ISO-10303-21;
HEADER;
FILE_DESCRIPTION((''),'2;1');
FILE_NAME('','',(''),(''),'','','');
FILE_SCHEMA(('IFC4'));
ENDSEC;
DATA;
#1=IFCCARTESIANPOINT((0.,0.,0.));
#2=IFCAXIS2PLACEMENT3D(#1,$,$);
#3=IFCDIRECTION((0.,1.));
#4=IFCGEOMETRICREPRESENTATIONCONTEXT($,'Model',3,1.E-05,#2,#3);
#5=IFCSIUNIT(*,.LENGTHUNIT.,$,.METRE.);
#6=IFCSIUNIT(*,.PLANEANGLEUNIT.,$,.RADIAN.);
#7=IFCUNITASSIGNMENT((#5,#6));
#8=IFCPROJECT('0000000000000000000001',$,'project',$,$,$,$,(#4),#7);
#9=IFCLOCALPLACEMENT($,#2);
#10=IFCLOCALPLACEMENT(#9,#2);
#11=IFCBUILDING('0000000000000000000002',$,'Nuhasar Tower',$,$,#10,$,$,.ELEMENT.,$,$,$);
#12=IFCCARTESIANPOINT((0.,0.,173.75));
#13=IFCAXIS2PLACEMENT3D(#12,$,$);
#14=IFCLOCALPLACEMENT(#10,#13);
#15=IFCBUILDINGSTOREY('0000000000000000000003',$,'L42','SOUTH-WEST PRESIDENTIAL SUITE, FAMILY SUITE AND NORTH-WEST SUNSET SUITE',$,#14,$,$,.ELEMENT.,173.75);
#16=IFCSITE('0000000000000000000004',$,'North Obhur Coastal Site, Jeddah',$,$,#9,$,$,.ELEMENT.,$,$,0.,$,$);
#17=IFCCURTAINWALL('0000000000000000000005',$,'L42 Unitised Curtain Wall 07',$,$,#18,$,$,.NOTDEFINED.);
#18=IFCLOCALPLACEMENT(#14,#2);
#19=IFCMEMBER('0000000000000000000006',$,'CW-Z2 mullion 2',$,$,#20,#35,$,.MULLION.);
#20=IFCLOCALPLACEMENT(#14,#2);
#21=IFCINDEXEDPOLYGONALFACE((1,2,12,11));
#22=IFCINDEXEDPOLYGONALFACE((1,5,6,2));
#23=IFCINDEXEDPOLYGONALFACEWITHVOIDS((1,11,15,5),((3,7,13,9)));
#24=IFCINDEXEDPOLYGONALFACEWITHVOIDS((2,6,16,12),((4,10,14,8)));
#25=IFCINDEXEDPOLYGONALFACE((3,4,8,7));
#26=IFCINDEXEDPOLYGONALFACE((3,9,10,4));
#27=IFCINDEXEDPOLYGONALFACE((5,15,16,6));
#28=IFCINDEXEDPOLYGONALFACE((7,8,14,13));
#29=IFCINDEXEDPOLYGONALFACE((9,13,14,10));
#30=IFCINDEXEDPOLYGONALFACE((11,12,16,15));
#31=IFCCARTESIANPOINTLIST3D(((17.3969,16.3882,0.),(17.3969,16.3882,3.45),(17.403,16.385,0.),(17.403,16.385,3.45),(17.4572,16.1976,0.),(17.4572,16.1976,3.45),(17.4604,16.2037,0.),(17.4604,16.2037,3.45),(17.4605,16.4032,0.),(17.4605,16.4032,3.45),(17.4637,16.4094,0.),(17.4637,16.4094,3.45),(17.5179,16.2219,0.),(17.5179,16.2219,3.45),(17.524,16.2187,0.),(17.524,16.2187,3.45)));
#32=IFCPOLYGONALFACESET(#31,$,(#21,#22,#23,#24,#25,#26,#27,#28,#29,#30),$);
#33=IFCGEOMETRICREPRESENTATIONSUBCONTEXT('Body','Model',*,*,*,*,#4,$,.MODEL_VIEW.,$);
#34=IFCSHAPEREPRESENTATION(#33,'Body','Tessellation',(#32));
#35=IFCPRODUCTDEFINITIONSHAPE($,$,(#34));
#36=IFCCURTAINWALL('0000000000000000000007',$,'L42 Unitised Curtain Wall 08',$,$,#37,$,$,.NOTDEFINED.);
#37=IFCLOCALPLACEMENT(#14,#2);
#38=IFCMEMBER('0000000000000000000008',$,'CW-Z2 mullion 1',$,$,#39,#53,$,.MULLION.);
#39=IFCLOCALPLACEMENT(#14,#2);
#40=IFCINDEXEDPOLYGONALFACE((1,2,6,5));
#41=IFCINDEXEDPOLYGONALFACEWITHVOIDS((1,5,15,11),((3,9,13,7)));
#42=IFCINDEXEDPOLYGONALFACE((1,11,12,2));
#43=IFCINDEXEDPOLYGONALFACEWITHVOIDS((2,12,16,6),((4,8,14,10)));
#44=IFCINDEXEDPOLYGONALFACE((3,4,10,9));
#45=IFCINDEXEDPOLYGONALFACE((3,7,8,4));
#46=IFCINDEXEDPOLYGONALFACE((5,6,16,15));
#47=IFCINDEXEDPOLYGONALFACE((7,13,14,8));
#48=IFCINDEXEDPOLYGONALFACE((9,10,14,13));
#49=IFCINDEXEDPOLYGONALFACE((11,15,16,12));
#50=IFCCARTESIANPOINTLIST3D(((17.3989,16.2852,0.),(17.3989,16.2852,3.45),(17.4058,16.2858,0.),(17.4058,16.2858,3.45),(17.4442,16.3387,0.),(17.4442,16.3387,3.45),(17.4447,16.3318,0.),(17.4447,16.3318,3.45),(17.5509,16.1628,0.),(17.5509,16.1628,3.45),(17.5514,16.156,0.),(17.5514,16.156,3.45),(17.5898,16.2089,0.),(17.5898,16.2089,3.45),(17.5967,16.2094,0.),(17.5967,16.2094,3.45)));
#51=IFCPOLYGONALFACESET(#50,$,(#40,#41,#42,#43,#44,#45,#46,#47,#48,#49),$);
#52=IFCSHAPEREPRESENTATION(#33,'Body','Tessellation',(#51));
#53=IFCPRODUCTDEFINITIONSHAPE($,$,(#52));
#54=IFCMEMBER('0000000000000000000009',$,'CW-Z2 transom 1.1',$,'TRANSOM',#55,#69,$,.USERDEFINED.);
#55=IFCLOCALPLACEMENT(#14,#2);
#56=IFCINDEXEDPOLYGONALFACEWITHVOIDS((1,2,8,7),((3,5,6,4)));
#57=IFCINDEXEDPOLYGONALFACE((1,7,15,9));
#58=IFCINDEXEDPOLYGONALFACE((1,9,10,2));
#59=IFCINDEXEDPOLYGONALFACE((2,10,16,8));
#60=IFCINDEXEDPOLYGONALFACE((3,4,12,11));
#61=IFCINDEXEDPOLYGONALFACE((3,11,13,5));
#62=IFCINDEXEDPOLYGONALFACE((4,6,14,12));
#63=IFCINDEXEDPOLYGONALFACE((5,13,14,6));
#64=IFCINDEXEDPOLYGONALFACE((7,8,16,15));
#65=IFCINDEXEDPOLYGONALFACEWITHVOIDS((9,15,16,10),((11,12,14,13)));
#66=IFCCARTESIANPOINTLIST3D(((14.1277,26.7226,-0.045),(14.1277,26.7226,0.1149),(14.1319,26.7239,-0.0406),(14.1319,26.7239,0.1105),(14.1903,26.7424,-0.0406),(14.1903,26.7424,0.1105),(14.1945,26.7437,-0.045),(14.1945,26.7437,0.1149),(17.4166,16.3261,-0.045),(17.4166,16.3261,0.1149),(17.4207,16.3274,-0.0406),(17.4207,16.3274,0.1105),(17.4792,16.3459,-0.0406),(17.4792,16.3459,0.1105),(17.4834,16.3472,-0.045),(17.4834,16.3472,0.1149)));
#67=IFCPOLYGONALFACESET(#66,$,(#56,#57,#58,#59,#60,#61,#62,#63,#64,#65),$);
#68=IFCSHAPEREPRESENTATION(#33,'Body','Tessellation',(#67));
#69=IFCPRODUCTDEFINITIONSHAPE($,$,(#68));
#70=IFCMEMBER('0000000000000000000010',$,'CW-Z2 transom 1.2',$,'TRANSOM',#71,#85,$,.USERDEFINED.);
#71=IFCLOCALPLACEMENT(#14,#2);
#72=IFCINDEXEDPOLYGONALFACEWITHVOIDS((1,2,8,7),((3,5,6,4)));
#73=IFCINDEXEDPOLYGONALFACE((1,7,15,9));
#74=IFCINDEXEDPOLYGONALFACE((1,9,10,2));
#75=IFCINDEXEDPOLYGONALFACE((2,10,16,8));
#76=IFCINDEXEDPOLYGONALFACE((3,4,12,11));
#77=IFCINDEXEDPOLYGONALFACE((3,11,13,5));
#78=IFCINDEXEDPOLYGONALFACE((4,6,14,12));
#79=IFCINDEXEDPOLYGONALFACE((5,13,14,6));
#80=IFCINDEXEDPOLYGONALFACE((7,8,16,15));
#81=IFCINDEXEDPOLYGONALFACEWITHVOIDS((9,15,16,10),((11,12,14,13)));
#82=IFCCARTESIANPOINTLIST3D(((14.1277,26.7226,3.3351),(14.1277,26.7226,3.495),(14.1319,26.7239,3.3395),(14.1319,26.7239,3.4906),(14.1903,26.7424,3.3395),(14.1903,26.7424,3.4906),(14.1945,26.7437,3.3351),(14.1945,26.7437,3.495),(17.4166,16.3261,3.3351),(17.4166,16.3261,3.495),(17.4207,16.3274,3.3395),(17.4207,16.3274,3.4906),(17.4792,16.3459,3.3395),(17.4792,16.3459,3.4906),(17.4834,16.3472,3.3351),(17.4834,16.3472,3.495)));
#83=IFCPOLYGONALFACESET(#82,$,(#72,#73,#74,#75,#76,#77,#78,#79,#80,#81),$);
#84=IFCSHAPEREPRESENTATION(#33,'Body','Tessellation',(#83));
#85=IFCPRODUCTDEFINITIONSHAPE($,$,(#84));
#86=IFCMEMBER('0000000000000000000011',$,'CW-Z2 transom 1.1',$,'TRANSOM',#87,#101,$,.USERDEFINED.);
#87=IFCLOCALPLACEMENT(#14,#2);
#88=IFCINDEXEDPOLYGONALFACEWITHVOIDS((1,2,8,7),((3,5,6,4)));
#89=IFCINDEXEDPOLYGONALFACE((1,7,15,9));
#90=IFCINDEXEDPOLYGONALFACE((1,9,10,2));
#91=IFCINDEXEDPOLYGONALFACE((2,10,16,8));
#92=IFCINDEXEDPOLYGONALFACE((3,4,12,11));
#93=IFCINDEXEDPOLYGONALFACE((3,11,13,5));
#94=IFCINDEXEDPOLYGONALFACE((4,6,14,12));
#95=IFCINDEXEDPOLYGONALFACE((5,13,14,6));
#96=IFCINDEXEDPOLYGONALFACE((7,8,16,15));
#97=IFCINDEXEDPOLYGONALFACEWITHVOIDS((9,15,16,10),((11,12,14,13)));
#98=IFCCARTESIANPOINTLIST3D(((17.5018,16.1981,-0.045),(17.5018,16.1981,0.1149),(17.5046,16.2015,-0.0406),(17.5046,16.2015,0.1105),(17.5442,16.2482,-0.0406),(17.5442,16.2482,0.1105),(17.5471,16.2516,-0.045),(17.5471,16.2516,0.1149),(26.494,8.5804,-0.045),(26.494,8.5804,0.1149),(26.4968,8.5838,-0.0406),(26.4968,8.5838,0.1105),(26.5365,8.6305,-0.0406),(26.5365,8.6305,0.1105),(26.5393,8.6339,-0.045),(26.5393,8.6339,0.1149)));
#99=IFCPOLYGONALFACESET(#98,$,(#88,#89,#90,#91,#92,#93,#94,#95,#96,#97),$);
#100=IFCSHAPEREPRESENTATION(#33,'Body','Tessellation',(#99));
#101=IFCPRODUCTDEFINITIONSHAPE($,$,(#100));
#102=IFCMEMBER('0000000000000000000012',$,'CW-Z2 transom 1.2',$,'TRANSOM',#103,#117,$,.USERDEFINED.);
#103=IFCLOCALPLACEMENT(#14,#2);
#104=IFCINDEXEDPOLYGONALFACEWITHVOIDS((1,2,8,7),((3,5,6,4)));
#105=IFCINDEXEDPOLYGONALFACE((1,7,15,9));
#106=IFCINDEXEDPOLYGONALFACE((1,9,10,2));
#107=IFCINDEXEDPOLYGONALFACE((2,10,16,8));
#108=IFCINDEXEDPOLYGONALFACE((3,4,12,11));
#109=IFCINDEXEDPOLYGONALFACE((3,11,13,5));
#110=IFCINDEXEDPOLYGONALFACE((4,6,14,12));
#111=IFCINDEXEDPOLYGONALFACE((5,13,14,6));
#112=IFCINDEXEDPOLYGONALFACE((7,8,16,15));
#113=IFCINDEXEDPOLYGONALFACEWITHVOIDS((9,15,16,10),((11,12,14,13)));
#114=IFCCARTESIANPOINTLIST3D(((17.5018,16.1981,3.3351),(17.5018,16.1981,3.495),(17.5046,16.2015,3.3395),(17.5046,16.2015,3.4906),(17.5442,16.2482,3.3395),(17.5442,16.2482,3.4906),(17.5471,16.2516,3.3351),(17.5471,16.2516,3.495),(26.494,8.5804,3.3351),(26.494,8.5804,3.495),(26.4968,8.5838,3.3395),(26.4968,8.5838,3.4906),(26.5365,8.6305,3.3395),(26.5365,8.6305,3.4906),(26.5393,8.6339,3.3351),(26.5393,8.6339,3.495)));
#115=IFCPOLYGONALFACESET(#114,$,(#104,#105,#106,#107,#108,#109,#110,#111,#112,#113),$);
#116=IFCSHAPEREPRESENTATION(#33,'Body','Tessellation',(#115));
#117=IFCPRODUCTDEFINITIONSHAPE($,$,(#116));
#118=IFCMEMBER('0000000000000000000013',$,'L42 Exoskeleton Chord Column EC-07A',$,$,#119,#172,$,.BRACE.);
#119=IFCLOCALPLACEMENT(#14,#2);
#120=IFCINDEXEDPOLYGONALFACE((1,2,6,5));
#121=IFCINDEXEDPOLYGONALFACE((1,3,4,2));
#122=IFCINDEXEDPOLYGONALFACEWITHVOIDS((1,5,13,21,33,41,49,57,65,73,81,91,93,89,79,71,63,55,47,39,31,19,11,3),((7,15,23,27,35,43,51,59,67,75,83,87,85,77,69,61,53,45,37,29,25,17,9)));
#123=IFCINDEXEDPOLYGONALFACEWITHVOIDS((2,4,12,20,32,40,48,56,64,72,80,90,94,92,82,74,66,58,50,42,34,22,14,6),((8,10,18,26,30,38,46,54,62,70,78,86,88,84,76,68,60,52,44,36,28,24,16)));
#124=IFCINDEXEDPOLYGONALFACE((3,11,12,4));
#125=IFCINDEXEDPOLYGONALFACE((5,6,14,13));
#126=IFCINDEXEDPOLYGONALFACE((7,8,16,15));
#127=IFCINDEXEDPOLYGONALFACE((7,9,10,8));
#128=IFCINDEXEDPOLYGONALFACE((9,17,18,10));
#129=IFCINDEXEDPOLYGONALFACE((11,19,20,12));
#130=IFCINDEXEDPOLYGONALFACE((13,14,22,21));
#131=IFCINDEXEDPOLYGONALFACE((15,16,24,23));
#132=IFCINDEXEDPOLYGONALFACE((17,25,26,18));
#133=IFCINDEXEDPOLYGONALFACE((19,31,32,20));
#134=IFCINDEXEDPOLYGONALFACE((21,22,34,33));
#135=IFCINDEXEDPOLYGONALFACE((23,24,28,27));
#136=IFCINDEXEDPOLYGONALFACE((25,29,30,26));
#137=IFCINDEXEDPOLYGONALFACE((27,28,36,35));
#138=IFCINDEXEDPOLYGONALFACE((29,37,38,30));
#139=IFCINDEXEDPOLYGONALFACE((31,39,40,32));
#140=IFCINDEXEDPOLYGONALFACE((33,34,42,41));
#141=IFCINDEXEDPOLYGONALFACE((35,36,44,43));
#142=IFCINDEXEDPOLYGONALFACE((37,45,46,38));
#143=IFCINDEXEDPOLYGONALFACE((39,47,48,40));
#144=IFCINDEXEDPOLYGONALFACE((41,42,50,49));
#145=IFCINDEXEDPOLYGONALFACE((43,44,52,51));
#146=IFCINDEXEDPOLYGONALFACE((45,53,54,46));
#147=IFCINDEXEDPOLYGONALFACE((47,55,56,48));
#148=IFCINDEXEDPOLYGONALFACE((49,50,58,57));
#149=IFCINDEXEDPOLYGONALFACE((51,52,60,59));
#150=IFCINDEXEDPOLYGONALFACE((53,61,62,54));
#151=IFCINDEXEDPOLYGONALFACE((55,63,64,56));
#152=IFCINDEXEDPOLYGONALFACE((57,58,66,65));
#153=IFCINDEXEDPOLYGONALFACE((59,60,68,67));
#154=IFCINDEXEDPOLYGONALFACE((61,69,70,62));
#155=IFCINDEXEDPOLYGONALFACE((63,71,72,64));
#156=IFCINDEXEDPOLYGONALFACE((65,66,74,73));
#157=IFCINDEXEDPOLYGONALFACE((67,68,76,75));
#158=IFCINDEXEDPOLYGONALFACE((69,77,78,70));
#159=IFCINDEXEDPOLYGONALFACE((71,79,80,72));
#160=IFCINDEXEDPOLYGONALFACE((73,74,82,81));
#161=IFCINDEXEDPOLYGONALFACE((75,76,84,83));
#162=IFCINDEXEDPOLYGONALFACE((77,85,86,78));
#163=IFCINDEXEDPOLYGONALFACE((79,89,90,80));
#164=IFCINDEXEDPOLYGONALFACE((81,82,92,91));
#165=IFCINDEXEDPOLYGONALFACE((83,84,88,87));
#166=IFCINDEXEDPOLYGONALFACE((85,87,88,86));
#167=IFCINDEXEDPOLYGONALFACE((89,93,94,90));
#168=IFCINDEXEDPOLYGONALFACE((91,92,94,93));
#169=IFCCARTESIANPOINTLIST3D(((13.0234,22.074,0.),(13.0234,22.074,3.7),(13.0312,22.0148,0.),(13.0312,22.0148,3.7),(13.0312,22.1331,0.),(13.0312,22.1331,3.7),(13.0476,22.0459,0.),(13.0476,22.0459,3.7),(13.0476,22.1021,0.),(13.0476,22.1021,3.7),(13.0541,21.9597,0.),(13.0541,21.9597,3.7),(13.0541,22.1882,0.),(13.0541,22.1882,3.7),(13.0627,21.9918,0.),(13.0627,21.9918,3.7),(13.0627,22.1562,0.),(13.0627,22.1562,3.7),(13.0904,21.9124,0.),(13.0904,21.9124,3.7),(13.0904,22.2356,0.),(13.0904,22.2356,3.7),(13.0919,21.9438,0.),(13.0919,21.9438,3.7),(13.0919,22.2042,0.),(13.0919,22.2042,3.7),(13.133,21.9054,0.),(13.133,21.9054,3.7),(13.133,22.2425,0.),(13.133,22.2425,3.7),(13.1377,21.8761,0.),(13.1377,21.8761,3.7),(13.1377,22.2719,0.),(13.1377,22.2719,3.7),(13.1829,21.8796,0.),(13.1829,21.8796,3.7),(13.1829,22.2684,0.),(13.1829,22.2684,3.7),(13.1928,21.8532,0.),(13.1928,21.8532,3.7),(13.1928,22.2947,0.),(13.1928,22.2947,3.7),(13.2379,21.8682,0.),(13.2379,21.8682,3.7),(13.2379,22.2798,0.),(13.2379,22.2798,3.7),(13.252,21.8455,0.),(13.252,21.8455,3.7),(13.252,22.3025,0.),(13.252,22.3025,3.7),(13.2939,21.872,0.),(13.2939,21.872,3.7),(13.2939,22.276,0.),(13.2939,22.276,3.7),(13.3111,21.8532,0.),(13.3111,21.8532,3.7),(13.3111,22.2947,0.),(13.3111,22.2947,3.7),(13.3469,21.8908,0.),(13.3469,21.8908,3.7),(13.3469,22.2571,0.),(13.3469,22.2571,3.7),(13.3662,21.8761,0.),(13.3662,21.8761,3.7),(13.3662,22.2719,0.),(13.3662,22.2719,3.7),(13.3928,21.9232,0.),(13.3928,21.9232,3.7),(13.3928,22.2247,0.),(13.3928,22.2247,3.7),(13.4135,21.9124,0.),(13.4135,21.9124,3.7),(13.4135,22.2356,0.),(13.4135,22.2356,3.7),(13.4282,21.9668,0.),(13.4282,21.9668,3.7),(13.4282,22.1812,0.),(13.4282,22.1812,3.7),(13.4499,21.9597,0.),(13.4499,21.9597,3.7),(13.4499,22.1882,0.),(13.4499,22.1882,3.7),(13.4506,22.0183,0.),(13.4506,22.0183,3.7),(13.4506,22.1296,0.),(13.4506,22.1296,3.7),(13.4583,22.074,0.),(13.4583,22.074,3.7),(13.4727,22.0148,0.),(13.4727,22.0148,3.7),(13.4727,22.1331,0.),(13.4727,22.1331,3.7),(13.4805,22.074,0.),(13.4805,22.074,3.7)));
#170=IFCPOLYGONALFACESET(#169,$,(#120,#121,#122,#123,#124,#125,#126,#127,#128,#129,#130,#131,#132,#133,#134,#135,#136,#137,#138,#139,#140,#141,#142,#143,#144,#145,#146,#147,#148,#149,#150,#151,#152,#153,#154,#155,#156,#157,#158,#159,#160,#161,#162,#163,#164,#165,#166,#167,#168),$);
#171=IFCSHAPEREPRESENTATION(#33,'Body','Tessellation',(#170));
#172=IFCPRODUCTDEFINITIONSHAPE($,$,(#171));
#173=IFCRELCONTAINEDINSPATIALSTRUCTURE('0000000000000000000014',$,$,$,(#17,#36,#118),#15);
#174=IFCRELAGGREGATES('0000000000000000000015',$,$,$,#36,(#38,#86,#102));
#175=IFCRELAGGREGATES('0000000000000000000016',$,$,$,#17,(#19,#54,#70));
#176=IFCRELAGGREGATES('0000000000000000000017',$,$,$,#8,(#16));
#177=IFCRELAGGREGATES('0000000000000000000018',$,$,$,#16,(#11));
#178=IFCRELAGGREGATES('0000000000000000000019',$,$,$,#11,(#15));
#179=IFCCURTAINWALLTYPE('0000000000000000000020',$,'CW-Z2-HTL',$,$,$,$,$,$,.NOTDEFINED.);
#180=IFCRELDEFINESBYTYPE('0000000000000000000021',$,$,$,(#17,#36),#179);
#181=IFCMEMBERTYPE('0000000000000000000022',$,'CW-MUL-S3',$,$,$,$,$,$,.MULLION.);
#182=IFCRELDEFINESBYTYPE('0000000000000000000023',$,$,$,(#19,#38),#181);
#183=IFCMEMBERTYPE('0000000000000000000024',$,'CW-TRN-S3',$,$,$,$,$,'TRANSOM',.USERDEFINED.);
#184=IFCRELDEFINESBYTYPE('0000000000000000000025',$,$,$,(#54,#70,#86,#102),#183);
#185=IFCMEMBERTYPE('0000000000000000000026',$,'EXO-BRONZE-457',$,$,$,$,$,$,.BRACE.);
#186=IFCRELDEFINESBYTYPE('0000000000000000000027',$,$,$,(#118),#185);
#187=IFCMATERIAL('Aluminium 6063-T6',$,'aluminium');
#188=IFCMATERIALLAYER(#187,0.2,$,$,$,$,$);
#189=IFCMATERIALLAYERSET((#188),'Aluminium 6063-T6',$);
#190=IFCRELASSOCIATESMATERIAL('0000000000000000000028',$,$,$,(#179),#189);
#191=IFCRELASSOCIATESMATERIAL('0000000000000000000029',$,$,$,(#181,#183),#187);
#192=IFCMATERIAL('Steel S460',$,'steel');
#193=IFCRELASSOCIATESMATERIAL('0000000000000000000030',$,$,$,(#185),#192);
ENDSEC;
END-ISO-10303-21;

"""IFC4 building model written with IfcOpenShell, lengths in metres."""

from ifc_helpers import new_model, si_unit, direction, frame, origin, origin_2d, place, context, subcontext, project, spatial, hollow_rectangle, hollow_circle, extrude, material, layer, layer_set, material_profile, profile_set, type_object, element, aggregate, save


model = new_model("IFC4")

# Units and contexts
model_context = context("Model", 3, precision=1e-05, world=origin(), true_north=direction((0.0, 1.0)))
body_context = subcontext(model_context, "Body", "Model", "MODEL_VIEW")
ifc_project = project(units=[si_unit("LENGTHUNIT", "METRE"), si_unit("PLANEANGLEUNIT", "RADIAN")], contexts=[model_context])

# Site, building, storey
site_placement = place(None, origin())
site = spatial("IfcSite", under=ifc_project, at=site_placement, Name="North Obhur Coastal Site, Jeddah", CompositionType="ELEMENT", RefElevation=0.0)
building_placement = place(site_placement, origin())
building = spatial("IfcBuilding", under=site, at=building_placement, Name="Nuhasar Tower", CompositionType="ELEMENT")
storey_placement = place(building_placement, frame((0.0, 0.0, 173.75)))
storey = spatial("IfcBuildingStorey", under=building, at=storey_placement, Name="L42", Description="SOUTH-WEST PRESIDENTIAL SUITE, FAMILY SUITE AND NORTH-WEST SUNSET SUITE", CompositionType="ELEMENT", Elevation=173.75)

# Curtain wall, member
ifc_material_1 = material(Name="Aluminium 6063-T6", Category="aluminium")
ifc_layer_1 = layer(ifc_material_1, 0.2)
ifc_layer_set_1 = layer_set([ifc_layer_1], Name="Aluminium 6063-T6")
curtain_wall_type = type_object("IfcCurtainWallType", Name="CW-Z2-HTL", PredefinedType="NOTDEFINED", material=ifc_layer_set_1)
curtain_wall_1_placement = place(storey_placement, origin())
curtain_wall_1 = element("IfcCurtainWall", 1, at=curtain_wall_1_placement, inside=storey, type_object=curtain_wall_type, Name="L42 Unitised Curtain Wall 07", PredefinedType="NOTDEFINED")
ifc_material_profile_1 = material_profile(ifc_material_1, hollow_rectangle(XDim=0.0701, YDim=0.2, WallThickness=0.0049, at=origin_2d()), Name="CWM-3")
ifc_profile_set_1 = profile_set([ifc_material_profile_1], Name="Aluminium 6063-T6")
member_type_1 = type_object("IfcMemberType", Name="CW-MUL-S3", PredefinedType="MULLION", material=ifc_profile_set_1)
member_1_placement = place(storey_placement, frame((17.4604, 16.3035, 0.0), z_axis=(0.0, 0.0, 1.0), x_axis=(0.953433, 0.301604, 0.0)))
member_1 = element("IfcMember", 2, at=member_1_placement, type_object=member_type_1, Name="CW-Z2 mullion 2", PredefinedType="MULLION", context=body_context, shape_type="SweptSolid", body=[
    extrude(hollow_rectangle(XDim=0.0701, YDim=0.2, WallThickness=0.0049, at=origin_2d()), origin(), (0.0, 0.0, 1.0), 3.45),
])

# Curtain wall, member
curtain_wall_2_placement = place(storey_placement, origin())
curtain_wall_2 = element("IfcCurtainWall", 3, at=curtain_wall_2_placement, inside=storey, type_object=curtain_wall_type, Name="L42 Unitised Curtain Wall 08", PredefinedType="NOTDEFINED")
member_2_placement = place(storey_placement, frame((17.4978, 16.2473, 0.0), z_axis=(0.0, 0.0, 1.0), x_axis=(0.646374, 0.76302, 0.0)))
member_2 = element("IfcMember", 4, at=member_2_placement, type_object=member_type_1, Name="CW-Z2 mullion 1", PredefinedType="MULLION", context=body_context, shape_type="SweptSolid", body=[
    extrude(hollow_rectangle(XDim=0.0701, YDim=0.2, WallThickness=0.0049, at=origin_2d()), origin(), (0.0, 0.0, 1.0), 3.45),
])

# Members
ifc_material_profile_2 = material_profile(ifc_material_1, hollow_rectangle(XDim=0.0701, YDim=0.1599, WallThickness=0.0044, at=origin_2d()), Name="CWT-3")
ifc_profile_set_2 = profile_set([ifc_material_profile_2], Name="Aluminium 6063-T6")
member_type_2 = type_object("IfcMemberType", Name="CW-TRN-S3", ElementType="TRANSOM", PredefinedType="USERDEFINED", material=ifc_profile_set_2)
member_3_placement = place(storey_placement, frame((14.1611, 26.7332, 0.0349), z_axis=(0.301608, -0.953432, 0.0), x_axis=(0.953432, 0.301608, 0.0)))
member_3 = element("IfcMember", 5, at=member_3_placement, type_object=member_type_2, Name="CW-Z2 transom 1.1", ObjectType="TRANSOM", PredefinedType="USERDEFINED", context=body_context, shape_type="SweptSolid", body=[
    extrude(hollow_rectangle(XDim=0.0701, YDim=0.1599, WallThickness=0.0044, at=origin_2d()), origin(), (0.0, 0.0, 1.0), 10.9043),
])
member_4_placement = place(storey_placement, frame((14.1611, 26.7332, 3.415), z_axis=(0.301608, -0.953432, 0.0), x_axis=(0.953432, 0.301608, 0.0)))
member_4 = element("IfcMember", 6, at=member_4_placement, type_object=member_type_2, Name="CW-Z2 transom 1.2", ObjectType="TRANSOM", PredefinedType="USERDEFINED", context=body_context, shape_type="SweptSolid", body=[
    extrude(hollow_rectangle(XDim=0.0701, YDim=0.1599, WallThickness=0.0044, at=origin_2d()), origin(), (0.0, 0.0, 1.0), 10.9043),
])
member_5_placement = place(storey_placement, frame((17.5244, 16.2249, 0.0349), z_axis=(0.763014, -0.646382, 0.0), x_axis=(0.646382, 0.763014, 0.0)))
member_5 = element("IfcMember", 7, at=member_5_placement, type_object=member_type_2, Name="CW-Z2 transom 1.1", ObjectType="TRANSOM", PredefinedType="USERDEFINED", context=body_context, shape_type="SweptSolid", body=[
    extrude(hollow_rectangle(XDim=0.0701, YDim=0.1599, WallThickness=0.0044, at=origin_2d()), origin(), (0.0, 0.0, 1.0), 11.7852),
])
member_6_placement = place(storey_placement, frame((17.5244, 16.2249, 3.415), z_axis=(0.763014, -0.646382, 0.0), x_axis=(0.646382, 0.763014, 0.0)))
member_6 = element("IfcMember", 8, at=member_6_placement, type_object=member_type_2, Name="CW-Z2 transom 1.2", ObjectType="TRANSOM", PredefinedType="USERDEFINED", context=body_context, shape_type="SweptSolid", body=[
    extrude(hollow_rectangle(XDim=0.0701, YDim=0.1599, WallThickness=0.0044, at=origin_2d()), origin(), (0.0, 0.0, 1.0), 11.7852),
])
aggregate(curtain_wall_2, [member_2, member_5, member_6])

# Member
ifc_material_2 = material(Name="Steel S460", Category="steel")
ifc_material_profile_3 = material_profile(ifc_material_2, hollow_circle(Radius=0.2285, WallThickness=0.0222, at=origin_2d()), Name="HSS457X22.2")
ifc_profile_set_3 = profile_set([ifc_material_profile_3], Name="Steel S460")
member_type_3 = type_object("IfcMemberType", Name="EXO-BRONZE-457", PredefinedType="BRACE", material=ifc_profile_set_3)
for number, where, z_axis, x_axis, name in (
    (9, (13.252, 22.074, 0.0), (0.0, 0.0, 1.0), (1.0, 0.0, 0.0), "L42 Exoskeleton Chord Column EC-07A"),
):
    element("IfcMember", number, at=place(storey_placement, frame(where, z_axis=z_axis, x_axis=x_axis)), inside=storey, type_object=member_type_3, Name=name, PredefinedType="BRACE", context=body_context, shape_type="SweptSolid", body=[
        extrude(hollow_circle(Radius=0.2285, WallThickness=0.0222, at=origin_2d()), origin(), (0.0, 0.0, 1.0), 3.7),
    ])

aggregate(curtain_wall_1, [member_1, member_3, member_4])

save(model, "model.ifc")
